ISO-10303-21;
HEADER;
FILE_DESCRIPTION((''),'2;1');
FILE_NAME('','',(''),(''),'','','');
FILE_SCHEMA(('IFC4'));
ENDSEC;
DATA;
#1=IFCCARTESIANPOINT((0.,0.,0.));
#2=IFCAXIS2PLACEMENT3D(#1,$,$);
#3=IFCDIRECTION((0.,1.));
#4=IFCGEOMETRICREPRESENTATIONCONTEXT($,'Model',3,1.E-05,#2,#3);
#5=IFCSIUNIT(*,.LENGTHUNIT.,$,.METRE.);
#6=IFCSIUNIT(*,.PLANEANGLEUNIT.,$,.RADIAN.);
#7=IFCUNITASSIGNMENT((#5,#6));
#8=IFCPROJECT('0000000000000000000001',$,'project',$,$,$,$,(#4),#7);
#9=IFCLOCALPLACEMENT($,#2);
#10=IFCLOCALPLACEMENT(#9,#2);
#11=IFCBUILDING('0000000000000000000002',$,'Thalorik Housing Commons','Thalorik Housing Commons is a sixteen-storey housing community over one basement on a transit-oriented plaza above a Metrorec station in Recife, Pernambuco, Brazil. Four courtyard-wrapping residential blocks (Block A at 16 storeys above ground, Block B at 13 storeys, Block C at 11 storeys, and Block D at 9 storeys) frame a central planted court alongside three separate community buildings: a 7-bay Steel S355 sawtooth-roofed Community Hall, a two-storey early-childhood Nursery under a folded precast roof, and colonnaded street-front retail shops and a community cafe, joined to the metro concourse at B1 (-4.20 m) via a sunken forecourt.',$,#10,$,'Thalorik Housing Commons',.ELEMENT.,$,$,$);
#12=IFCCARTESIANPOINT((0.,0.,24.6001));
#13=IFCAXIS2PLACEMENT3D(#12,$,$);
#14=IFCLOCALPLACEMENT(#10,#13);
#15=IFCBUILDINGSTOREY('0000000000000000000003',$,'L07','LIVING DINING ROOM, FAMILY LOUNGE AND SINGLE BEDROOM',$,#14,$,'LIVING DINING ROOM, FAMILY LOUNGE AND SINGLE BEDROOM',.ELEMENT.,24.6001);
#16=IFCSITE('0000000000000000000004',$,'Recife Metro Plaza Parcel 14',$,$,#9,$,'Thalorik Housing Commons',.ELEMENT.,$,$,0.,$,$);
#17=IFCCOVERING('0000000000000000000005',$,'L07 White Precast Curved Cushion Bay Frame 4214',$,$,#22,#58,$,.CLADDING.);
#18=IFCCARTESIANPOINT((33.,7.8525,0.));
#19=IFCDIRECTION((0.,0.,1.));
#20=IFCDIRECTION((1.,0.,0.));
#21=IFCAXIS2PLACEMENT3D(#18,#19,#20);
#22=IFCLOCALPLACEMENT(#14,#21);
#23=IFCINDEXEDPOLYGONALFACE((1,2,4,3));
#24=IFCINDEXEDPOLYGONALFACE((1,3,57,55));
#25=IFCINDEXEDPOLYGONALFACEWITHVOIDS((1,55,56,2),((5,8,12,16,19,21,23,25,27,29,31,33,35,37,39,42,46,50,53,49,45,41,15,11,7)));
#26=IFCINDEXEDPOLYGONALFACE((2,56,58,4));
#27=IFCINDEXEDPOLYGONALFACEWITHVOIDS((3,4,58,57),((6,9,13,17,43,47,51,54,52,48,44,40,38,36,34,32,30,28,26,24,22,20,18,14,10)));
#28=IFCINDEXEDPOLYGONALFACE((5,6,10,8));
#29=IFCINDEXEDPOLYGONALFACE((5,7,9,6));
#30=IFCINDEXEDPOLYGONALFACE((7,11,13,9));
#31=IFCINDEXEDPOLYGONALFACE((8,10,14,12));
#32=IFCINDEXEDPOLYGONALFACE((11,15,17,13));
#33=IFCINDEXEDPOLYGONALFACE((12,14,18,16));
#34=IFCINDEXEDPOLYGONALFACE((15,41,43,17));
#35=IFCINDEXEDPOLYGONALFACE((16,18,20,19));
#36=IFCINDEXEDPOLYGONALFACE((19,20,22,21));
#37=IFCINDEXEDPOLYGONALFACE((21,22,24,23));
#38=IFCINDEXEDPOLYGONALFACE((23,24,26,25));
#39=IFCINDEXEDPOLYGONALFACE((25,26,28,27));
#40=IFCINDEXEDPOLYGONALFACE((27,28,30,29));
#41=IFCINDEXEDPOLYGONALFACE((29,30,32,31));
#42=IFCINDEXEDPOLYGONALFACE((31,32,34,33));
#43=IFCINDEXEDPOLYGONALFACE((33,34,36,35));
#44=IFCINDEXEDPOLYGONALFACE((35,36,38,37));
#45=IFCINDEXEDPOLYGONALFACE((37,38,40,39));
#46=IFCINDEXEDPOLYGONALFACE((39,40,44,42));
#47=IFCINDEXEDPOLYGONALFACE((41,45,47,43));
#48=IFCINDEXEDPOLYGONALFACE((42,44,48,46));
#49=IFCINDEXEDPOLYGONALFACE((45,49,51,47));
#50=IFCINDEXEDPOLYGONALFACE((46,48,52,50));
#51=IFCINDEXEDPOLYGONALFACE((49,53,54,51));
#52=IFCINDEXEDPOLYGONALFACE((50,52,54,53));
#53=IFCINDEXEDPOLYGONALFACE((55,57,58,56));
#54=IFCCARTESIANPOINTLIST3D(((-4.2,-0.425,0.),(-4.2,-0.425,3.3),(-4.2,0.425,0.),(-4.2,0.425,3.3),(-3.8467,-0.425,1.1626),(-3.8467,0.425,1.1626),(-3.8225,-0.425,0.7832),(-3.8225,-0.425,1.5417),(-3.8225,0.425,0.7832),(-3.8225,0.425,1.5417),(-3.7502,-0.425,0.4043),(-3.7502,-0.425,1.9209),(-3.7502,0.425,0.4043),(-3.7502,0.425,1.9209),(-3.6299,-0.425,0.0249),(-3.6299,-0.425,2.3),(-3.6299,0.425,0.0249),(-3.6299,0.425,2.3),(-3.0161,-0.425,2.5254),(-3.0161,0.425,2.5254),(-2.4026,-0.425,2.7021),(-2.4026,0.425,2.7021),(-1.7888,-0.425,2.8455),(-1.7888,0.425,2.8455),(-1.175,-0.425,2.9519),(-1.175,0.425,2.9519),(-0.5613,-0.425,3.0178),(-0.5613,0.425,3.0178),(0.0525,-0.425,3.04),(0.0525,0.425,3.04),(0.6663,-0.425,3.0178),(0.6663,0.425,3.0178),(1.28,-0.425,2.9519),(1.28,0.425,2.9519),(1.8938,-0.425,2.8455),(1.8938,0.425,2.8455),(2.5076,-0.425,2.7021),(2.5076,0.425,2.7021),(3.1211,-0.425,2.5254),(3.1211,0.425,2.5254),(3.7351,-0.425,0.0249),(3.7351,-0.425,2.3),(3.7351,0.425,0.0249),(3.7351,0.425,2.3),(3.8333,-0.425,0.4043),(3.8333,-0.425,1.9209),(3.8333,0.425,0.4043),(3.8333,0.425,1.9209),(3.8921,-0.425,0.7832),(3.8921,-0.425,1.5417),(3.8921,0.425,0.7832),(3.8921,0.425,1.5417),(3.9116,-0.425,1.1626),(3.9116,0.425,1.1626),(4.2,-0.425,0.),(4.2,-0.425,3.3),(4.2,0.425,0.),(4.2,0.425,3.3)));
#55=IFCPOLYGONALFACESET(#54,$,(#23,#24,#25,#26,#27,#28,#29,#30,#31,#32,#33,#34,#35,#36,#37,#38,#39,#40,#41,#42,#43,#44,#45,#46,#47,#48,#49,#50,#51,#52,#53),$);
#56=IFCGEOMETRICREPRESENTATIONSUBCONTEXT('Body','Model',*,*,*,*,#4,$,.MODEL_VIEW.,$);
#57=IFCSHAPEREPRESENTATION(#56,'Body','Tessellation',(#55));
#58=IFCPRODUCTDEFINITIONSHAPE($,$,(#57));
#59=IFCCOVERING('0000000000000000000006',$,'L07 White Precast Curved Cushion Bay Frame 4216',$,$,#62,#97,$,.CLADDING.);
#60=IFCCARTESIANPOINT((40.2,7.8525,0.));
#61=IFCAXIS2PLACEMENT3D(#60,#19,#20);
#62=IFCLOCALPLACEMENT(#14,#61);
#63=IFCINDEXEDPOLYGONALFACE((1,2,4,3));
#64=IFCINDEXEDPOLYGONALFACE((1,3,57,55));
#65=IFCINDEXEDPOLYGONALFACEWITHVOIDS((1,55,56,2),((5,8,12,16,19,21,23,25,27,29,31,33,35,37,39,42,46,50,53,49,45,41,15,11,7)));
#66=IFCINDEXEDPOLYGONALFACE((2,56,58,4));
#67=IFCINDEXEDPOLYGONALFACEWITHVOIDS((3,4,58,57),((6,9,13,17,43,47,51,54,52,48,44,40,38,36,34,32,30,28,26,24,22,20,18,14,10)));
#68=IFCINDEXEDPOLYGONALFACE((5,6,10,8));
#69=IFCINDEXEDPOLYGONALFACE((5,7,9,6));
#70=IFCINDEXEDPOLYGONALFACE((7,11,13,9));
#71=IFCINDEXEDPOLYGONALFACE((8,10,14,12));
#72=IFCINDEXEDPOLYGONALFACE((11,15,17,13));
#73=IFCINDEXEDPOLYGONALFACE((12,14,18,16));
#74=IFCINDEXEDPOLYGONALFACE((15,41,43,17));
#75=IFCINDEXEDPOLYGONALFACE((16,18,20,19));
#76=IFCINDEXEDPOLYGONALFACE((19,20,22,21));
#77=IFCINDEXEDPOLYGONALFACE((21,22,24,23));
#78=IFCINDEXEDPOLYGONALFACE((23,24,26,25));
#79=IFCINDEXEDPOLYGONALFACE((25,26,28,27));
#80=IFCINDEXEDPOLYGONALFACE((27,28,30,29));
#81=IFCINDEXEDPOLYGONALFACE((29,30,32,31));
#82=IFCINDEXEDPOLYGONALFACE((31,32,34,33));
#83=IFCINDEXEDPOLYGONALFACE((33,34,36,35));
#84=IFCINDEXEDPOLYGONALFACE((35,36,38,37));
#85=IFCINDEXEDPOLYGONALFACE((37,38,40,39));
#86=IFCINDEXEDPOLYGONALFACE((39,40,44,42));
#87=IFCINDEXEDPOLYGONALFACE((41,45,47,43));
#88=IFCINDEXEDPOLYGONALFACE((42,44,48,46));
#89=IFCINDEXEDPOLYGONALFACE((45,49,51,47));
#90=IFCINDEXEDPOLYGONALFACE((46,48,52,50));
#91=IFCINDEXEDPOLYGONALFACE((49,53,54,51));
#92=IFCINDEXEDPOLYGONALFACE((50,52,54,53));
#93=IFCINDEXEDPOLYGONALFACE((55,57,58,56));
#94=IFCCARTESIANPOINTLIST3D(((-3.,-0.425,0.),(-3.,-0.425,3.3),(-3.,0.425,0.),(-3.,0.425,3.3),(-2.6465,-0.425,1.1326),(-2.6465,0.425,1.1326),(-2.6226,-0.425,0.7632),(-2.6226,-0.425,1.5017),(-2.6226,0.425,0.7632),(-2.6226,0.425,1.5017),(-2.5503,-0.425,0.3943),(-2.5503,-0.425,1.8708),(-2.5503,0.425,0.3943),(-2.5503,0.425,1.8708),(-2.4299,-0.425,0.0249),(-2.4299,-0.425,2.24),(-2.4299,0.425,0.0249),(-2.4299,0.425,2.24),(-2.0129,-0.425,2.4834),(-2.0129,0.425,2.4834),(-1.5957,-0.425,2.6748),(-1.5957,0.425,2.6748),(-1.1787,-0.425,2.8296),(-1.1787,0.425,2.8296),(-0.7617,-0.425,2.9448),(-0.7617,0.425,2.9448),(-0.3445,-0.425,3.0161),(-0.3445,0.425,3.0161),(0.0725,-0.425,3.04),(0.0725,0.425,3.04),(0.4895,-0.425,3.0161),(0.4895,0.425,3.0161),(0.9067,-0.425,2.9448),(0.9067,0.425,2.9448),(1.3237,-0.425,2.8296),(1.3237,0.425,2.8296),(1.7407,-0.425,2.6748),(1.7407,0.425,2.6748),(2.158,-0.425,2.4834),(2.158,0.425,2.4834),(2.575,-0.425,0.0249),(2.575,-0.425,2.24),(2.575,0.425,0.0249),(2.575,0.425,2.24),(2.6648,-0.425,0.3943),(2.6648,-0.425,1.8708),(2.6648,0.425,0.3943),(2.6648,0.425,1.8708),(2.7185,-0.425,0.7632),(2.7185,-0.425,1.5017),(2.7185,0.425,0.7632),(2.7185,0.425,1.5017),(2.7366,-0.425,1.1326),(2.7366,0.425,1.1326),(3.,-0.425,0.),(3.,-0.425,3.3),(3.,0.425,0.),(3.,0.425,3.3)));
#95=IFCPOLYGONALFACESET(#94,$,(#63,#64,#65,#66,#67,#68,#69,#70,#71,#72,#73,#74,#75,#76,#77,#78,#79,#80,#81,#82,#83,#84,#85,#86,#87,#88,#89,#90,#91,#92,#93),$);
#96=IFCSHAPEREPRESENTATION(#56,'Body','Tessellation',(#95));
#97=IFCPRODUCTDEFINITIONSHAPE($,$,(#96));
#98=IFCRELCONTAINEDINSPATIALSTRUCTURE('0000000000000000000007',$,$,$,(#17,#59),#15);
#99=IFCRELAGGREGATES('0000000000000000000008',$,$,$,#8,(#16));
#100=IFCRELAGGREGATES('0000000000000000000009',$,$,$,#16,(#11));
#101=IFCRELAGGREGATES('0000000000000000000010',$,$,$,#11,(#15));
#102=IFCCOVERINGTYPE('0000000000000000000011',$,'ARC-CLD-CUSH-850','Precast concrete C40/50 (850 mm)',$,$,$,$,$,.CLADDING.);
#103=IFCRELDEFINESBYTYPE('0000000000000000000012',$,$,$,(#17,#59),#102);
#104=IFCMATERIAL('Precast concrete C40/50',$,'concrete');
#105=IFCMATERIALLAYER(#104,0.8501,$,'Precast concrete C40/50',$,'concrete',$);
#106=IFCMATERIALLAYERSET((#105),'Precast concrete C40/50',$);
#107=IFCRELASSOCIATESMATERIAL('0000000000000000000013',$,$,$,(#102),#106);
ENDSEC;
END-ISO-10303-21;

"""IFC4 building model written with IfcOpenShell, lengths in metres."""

from ifc_helpers import new_model, si_unit, direction, frame, origin, place, context, subcontext, project, spatial, polyline, outline, extrude, material, layer, layer_set, type_object, element, save


model = new_model("IFC4")

# Units and contexts
model_context = context("Model", 3, precision=1e-05, world=origin(), true_north=direction((0.0, 1.0)))
body_context = subcontext(model_context, "Body", "Model", "MODEL_VIEW")
ifc_project = project(units=[si_unit("LENGTHUNIT", "METRE"), si_unit("PLANEANGLEUNIT", "RADIAN")], contexts=[model_context])

# Site, building, storey
site_placement = place(None, origin())
site = spatial("IfcSite", under=ifc_project, at=site_placement, Name="Recife Metro Plaza Parcel 14", LongName="Thalorik Housing Commons", CompositionType="ELEMENT", RefElevation=0.0)
building_placement = place(site_placement, origin())
building = spatial("IfcBuilding", under=site, at=building_placement, Name="Thalorik Housing Commons", Description="Thalorik Housing Commons is a sixteen-storey housing community over one basement on a transit-oriented plaza above a Metrorec station in Recife, Pernambuco, Brazil. Four courtyard-wrapping residential blocks (Block A at 16 storeys above ground, Block B at 13 storeys, Block C at 11 storeys, and Block D at 9 storeys) frame a central planted court alongside three separate community buildings: a 7-bay Steel S355 sawtooth-roofed Community Hall, a two-storey early-childhood Nursery under a folded precast roof, and colonnaded street-front retail shops and a community cafe, joined to the metro concourse at B1 (-4.20 m) via a sunken forecourt.", LongName="Thalorik Housing Commons", CompositionType="ELEMENT")
storey_placement = place(building_placement, frame((0.0, 0.0, 24.6001)))
storey = spatial("IfcBuildingStorey", under=building, at=storey_placement, Name="L07", Description="LIVING DINING ROOM, FAMILY LOUNGE AND SINGLE BEDROOM", LongName="LIVING DINING ROOM, FAMILY LOUNGE AND SINGLE BEDROOM", CompositionType="ELEMENT", Elevation=24.6001)

# Shared definitions
ifc_material_1 = material(Name="Precast concrete C40/50", Category="concrete")

# Coverings
ifc_layer_1 = layer(ifc_material_1, 0.8501, Name="Precast concrete C40/50", Category="concrete")
ifc_layer_set_1 = layer_set([ifc_layer_1], Name="Precast concrete C40/50")
covering_type_1 = type_object("IfcCoveringType", Name="ARC-CLD-CUSH-850", Description="Precast concrete C40/50 (850 mm)", PredefinedType="CLADDING", material=ifc_layer_set_1)
covering_1_placement = place(storey_placement, frame((33.0, 7.8525, 0.0), z_axis=(0.0, 0.0, 1.0), x_axis=(1.0, 0.0, 0.0)))
element("IfcCovering", 1, at=covering_1_placement, inside=storey, type_object=covering_type_1, Name="L07 White Precast Curved Cushion Bay Frame 4214", PredefinedType="CLADDING", context=body_context, shape_type="SweptSolid", body=[
    extrude(outline(polyline([(-4.2, 0.0), (4.2, 0.0), (4.2, 3.3), (-4.2, 3.3), (-4.2, 0.0)]), holes=[polyline([(3.7351, 0.0249), (3.8333, 0.4043), (3.8921, 0.7832), (3.9116, 1.1626), (3.8921, 1.5417), (3.8333, 1.9209), (3.7351, 2.3), (3.1211, 2.5254), (2.5076, 2.7021), (1.8938, 2.8455), (1.28, 2.9519), (0.6663, 3.0178), (0.0525, 3.04), (-0.5613, 3.0178), (-1.175, 2.9519), (-1.7888, 2.8455), (-2.4026, 2.7021), (-3.0161, 2.5254), (-3.6299, 2.3), (-3.7502, 1.9209), (-3.8225, 1.5417), (-3.8467, 1.1626), (-3.8225, 0.7832), (-3.7502, 0.4043), (-3.6299, 0.0249), (3.7351, 0.0249)])]), frame((0.0, 0.425, 0.0), z_axis=(0.0, -1.0, 0.0), x_axis=(1.0, 0.0, 0.0)), (0.0, 0.0, 1.0), 0.8501),
])
covering_2_placement = place(storey_placement, frame((40.2, 7.8525, 0.0), z_axis=(0.0, 0.0, 1.0), x_axis=(1.0, 0.0, 0.0)))
element("IfcCovering", 2, at=covering_2_placement, inside=storey, type_object=covering_type_1, Name="L07 White Precast Curved Cushion Bay Frame 4216", PredefinedType="CLADDING", context=body_context, shape_type="SweptSolid", body=[
    extrude(outline(polyline([(-3.0, 0.0), (3.0, 0.0), (3.0, 3.3), (-3.0, 3.3), (-3.0, 0.0)]), holes=[polyline([(2.575, 0.0249), (2.6648, 0.3943), (2.7185, 0.7632), (2.7366, 1.1326), (2.7185, 1.5017), (2.6648, 1.8708), (2.575, 2.24), (2.158, 2.4834), (1.7407, 2.6748), (1.3237, 2.8296), (0.9067, 2.9448), (0.4895, 3.0161), (0.0725, 3.04), (-0.3445, 3.0161), (-0.7617, 2.9448), (-1.1787, 2.8296), (-1.5957, 2.6748), (-2.0129, 2.4834), (-2.4299, 2.24), (-2.5503, 1.8708), (-2.6226, 1.5017), (-2.6465, 1.1326), (-2.6226, 0.7632), (-2.5503, 0.3943), (-2.4299, 0.0249), (2.575, 0.0249)])]), frame((0.0, 0.425, 0.0), z_axis=(0.0, -1.0, 0.0), x_axis=(1.0, 0.0, 0.0)), (0.0, 0.0, 1.0), 0.8501),
])

save(model, "model.ifc")
